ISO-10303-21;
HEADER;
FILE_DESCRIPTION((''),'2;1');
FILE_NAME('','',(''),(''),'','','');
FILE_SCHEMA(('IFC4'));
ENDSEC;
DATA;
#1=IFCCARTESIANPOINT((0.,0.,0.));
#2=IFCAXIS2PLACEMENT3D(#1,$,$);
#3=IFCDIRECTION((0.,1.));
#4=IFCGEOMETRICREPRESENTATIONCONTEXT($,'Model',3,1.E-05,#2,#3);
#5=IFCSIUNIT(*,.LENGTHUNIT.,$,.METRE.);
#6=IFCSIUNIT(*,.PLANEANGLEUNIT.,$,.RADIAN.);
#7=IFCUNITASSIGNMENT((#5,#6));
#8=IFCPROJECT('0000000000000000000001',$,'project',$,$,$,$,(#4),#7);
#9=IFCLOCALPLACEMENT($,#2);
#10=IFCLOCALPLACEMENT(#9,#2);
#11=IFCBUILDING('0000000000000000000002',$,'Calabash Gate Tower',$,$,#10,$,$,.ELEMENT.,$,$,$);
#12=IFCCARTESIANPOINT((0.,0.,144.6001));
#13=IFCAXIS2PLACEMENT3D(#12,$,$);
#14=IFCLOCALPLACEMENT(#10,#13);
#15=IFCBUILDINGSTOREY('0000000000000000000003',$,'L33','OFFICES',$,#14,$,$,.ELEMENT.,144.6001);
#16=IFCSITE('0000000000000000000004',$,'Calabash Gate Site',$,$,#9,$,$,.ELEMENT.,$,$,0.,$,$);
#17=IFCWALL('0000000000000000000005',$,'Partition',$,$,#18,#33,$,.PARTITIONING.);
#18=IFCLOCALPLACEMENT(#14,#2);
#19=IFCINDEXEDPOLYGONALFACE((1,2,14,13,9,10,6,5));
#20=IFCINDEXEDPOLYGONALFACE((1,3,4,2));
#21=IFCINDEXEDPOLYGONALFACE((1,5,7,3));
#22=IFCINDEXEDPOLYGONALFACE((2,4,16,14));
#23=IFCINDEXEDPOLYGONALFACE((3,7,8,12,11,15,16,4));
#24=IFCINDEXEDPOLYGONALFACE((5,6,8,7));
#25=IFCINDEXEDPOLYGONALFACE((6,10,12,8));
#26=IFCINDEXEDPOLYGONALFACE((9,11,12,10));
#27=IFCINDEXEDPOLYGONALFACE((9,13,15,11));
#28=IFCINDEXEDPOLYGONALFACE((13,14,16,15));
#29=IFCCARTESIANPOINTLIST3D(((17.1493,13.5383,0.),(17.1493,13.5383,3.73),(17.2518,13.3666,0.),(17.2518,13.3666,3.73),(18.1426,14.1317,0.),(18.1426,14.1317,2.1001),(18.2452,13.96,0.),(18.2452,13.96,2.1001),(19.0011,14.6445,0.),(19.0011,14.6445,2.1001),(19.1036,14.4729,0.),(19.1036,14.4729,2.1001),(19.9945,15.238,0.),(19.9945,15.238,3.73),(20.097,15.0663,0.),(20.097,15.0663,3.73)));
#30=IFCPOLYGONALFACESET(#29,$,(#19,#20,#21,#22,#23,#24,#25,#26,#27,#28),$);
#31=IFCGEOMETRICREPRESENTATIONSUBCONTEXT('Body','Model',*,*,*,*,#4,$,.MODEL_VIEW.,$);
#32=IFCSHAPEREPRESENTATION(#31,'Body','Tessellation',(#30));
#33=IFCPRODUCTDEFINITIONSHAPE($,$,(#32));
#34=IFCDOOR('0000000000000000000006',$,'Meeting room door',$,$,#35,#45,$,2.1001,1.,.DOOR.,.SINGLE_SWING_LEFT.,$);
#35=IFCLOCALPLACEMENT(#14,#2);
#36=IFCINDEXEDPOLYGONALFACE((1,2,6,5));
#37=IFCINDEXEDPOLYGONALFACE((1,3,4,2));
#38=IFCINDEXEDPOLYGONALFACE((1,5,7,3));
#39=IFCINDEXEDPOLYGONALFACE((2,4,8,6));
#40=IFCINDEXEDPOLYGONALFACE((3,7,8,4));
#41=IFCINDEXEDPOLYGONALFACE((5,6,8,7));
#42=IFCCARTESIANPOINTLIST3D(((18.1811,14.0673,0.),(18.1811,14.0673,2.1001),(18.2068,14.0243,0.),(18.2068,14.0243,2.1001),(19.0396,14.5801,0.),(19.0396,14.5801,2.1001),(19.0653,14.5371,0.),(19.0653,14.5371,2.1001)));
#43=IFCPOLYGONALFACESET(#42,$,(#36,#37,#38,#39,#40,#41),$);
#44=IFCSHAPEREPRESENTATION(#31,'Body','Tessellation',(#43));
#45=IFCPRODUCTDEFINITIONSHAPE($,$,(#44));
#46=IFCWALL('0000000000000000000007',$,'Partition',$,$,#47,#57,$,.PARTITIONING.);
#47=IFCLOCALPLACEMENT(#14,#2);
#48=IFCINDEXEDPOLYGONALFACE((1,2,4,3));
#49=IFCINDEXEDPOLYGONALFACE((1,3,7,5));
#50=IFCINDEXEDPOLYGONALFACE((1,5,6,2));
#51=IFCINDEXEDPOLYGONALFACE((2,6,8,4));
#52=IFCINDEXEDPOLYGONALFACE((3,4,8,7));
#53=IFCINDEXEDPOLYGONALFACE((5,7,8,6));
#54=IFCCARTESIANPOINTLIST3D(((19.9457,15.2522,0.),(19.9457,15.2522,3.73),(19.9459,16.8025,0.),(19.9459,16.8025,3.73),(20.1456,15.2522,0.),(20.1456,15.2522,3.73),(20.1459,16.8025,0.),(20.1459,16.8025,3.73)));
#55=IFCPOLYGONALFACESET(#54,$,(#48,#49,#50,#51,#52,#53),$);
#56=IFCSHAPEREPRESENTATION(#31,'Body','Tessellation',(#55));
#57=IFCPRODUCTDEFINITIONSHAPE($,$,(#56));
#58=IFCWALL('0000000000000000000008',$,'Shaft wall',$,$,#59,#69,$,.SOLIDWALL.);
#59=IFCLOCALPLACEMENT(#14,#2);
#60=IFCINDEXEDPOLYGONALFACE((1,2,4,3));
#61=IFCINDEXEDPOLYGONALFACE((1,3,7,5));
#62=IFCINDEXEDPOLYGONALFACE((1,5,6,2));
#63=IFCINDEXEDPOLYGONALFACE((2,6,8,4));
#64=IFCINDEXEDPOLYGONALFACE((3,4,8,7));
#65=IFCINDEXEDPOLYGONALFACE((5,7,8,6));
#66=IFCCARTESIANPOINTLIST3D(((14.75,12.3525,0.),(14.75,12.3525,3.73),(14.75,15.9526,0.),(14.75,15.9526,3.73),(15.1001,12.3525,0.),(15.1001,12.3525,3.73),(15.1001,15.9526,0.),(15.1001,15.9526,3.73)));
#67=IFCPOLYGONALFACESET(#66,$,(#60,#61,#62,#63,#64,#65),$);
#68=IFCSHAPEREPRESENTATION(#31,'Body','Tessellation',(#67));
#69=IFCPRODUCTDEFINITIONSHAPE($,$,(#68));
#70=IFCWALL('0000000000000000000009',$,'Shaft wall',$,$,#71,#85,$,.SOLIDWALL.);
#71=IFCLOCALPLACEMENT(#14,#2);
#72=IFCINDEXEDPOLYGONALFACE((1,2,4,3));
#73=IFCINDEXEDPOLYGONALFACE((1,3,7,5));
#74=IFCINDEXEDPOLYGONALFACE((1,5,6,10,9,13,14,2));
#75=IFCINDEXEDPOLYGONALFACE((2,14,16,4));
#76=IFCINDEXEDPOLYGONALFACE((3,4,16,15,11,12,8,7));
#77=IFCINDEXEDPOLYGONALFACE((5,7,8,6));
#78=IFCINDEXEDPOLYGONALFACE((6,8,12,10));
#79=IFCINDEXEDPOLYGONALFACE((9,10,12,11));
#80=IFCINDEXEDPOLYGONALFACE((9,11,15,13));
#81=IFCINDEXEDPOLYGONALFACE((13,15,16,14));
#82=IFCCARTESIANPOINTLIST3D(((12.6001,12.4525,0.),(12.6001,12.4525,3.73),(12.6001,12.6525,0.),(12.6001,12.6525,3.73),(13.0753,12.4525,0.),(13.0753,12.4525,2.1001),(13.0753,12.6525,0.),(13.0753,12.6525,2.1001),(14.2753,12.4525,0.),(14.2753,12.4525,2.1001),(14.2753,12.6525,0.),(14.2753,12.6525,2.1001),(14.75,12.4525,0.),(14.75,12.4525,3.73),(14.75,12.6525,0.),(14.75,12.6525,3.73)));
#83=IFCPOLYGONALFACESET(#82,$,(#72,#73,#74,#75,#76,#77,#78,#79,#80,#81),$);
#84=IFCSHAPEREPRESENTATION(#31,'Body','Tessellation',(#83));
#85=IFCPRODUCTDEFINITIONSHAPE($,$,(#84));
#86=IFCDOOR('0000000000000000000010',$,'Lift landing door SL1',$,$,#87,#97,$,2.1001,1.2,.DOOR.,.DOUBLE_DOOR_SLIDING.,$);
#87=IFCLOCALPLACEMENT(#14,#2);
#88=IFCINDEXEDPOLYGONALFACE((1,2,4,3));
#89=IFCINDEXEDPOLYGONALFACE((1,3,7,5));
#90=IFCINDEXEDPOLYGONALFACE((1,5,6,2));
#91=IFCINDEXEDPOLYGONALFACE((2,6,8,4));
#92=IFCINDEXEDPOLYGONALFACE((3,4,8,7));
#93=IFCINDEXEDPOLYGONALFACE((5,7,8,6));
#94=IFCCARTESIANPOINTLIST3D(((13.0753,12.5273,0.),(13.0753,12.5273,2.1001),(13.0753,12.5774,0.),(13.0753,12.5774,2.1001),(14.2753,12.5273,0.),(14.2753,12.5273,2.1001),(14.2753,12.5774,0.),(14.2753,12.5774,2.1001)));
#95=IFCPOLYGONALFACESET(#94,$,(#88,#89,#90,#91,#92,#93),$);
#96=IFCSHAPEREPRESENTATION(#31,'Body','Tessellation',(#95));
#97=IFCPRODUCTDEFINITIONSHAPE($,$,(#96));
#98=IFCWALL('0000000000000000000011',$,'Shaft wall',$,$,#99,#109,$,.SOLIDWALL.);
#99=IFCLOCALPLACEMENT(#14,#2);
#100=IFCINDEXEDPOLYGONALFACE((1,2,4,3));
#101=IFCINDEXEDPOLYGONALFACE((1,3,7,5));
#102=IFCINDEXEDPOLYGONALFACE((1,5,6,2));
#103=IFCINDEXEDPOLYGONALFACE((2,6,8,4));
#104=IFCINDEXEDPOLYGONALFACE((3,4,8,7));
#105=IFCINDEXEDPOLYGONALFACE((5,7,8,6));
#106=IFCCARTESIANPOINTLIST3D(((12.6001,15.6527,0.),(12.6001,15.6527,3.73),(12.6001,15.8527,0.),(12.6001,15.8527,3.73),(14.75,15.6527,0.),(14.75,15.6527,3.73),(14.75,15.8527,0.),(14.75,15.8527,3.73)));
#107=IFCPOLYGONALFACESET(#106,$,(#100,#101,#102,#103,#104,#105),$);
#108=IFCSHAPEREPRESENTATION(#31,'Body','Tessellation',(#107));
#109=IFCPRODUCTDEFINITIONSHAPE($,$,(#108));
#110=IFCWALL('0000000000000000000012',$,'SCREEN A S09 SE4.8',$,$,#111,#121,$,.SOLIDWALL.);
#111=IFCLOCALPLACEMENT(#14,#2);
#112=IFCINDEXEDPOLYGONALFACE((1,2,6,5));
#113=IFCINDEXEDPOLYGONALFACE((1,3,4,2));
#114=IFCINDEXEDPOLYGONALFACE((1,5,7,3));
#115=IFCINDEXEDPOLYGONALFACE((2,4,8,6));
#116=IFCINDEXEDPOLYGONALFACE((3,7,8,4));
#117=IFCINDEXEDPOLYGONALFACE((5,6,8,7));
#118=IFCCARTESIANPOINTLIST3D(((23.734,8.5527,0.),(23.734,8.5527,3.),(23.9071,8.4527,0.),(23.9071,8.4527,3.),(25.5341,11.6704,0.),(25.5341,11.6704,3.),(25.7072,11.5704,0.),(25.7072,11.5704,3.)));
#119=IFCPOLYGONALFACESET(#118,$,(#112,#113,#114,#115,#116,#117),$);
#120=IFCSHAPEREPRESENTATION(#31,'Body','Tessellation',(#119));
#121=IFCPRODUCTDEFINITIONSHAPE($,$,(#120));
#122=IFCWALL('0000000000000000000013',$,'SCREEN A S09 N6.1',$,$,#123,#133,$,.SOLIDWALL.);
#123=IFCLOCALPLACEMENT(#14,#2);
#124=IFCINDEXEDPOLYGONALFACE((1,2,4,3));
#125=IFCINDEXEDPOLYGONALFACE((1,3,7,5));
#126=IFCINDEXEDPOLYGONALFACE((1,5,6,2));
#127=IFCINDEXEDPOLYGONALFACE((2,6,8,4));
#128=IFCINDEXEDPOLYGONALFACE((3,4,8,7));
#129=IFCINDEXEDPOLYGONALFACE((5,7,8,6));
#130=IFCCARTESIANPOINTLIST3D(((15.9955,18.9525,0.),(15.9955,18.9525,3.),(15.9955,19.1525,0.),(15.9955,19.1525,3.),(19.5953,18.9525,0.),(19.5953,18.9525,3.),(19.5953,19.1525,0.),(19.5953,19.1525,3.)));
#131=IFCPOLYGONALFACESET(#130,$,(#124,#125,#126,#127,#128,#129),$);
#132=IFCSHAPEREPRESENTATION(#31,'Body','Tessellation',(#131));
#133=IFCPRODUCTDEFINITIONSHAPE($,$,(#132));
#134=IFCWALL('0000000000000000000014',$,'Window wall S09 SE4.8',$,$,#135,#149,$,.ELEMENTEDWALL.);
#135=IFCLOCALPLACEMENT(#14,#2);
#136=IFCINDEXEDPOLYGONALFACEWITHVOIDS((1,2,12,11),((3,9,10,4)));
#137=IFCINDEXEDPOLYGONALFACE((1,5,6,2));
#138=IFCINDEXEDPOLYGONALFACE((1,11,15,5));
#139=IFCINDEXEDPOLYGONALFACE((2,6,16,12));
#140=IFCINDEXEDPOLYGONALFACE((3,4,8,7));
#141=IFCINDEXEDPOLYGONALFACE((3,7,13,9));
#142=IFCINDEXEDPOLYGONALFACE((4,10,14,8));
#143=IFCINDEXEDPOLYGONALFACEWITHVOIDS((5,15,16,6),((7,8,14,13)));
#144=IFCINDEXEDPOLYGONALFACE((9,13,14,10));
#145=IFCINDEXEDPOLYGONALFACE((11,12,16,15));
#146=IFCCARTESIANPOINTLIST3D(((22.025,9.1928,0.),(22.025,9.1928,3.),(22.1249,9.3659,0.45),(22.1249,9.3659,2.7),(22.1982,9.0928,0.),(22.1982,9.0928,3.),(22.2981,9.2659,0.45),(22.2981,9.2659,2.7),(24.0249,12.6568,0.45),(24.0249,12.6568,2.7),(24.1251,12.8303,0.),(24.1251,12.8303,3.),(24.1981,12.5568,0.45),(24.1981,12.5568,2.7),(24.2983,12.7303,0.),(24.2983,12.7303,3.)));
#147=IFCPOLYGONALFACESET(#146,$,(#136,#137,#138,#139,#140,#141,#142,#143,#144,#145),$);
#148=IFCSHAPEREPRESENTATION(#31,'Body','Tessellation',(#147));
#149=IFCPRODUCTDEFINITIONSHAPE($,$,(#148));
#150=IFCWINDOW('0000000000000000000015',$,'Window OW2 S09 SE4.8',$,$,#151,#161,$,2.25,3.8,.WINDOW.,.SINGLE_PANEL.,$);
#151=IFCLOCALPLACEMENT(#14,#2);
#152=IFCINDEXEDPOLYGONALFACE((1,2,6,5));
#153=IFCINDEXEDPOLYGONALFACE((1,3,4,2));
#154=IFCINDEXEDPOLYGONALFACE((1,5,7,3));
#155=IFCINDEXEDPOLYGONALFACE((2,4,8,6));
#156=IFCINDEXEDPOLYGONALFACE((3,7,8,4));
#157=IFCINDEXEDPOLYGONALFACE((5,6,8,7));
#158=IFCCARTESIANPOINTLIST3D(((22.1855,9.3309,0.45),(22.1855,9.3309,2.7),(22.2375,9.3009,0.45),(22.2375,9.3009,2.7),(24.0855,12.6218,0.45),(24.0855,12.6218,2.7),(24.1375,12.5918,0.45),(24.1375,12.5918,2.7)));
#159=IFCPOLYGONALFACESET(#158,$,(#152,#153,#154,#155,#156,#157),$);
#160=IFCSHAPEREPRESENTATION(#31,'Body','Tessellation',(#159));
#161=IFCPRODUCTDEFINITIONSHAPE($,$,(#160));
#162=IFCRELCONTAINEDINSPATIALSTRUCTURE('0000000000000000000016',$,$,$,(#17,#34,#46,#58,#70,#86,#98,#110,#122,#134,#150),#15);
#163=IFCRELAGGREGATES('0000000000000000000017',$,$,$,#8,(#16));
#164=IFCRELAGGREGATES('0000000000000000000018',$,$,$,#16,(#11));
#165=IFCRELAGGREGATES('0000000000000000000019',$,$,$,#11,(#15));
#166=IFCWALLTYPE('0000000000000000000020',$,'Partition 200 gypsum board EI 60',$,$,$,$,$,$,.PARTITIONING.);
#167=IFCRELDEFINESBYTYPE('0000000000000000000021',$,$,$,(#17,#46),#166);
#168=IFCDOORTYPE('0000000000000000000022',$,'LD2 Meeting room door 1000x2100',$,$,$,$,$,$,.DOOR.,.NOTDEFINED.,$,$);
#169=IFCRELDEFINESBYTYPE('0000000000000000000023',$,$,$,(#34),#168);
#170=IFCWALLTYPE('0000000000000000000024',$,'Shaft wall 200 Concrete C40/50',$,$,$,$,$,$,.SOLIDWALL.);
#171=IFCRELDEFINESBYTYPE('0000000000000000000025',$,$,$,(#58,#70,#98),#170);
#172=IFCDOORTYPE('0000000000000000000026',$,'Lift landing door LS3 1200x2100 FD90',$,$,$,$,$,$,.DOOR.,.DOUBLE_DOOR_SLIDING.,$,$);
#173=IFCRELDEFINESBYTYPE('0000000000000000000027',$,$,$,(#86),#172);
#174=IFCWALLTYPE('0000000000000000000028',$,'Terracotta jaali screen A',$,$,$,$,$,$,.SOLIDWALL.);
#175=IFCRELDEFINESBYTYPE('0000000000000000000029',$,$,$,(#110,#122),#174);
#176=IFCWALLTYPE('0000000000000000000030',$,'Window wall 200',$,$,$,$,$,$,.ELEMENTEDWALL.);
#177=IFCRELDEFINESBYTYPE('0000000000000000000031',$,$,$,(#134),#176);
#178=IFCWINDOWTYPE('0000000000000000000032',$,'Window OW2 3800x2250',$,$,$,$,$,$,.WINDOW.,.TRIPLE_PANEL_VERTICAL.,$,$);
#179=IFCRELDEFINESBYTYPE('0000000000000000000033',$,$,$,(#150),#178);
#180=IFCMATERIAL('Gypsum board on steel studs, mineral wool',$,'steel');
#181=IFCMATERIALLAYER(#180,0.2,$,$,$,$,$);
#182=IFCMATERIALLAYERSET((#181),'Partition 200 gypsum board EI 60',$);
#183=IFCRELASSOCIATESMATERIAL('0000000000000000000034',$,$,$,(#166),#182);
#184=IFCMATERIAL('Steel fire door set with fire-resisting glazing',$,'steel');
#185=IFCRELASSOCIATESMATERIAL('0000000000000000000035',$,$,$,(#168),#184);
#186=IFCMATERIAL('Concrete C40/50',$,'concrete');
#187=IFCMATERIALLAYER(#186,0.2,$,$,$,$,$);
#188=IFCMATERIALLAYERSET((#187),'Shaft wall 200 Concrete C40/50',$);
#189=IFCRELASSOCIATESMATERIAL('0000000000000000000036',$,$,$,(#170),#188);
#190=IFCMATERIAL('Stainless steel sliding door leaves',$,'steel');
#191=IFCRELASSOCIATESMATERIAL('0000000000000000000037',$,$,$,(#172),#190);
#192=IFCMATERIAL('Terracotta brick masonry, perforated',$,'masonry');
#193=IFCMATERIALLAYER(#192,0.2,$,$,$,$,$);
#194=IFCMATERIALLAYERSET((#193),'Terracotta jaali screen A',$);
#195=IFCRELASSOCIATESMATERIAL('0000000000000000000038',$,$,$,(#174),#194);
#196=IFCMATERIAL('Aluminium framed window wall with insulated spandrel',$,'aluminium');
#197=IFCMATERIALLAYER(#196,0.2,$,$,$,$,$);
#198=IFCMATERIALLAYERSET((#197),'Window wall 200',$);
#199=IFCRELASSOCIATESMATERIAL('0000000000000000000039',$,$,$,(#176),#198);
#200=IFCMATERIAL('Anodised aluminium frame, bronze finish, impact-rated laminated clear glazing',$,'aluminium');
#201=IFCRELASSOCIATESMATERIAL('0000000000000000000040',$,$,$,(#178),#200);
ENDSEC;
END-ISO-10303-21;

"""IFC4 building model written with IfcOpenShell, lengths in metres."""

from ifc_helpers import new_model, si_unit, direction, frame, frame_2d, origin, place, context, subcontext, project, spatial, rectangle, extrude, material, layer, layer_set, type_object, element, fill, save


model = new_model("IFC4")

# Units and contexts
model_context = context("Model", 3, precision=1e-05, world=origin(), true_north=direction((0.0, 1.0)))
body_context = subcontext(model_context, "Body", "Model", "MODEL_VIEW")
ifc_project = project(units=[si_unit("LENGTHUNIT", "METRE"), si_unit("PLANEANGLEUNIT", "RADIAN")], contexts=[model_context])

# Site, building, storey
site_placement = place(None, origin())
site = spatial("IfcSite", under=ifc_project, at=site_placement, Name="Calabash Gate Site", CompositionType="ELEMENT", RefElevation=0.0)
building_placement = place(site_placement, origin())
building = spatial("IfcBuilding", under=site, at=building_placement, Name="Calabash Gate Tower", CompositionType="ELEMENT")
storey_placement = place(building_placement, frame((0.0, 0.0, 144.6001)))
storey = spatial("IfcBuildingStorey", under=building, at=storey_placement, Name="L33", Description="OFFICES", CompositionType="ELEMENT", Elevation=144.6001)

# Shared definitions
ifc_material_1 = material(Name="Gypsum board on steel studs, mineral wool", Category="steel")
ifc_layer_1 = layer(ifc_material_1, 0.2)
ifc_layer_set_1 = layer_set([ifc_layer_1], Name="Partition 200 gypsum board EI 60")
wall_type_1 = type_object("IfcWallType", Name="Partition 200 gypsum board EI 60", PredefinedType="PARTITIONING", material=ifc_layer_set_1)

# Wall, opening, door
wall_1_placement = place(storey_placement, frame((17.2004, 13.4524, 0.0), z_axis=(0.0, 0.0, 1.0), x_axis=(0.858479, 0.512848, 0.0)))
wall_1 = element("IfcWall", 1, at=wall_1_placement, inside=storey, type_object=wall_type_1, Name="Partition", PredefinedType="PARTITIONING", context=body_context, shape_type="SweptSolid", body=[
    extrude(rectangle(XDim=3.3142, YDim=0.2, at=frame_2d((1.6572, 0.0))), origin(), (0.0, 0.0, 1.0), 3.73),
])
opening_1_placement = place(wall_1_placement, frame((1.1572, 0.0, 0.0)))
opening_1 = element("IfcOpeningElement", 2, at=opening_1_placement, cuts=wall_1, PredefinedType="OPENING", context=body_context, shape_type="SweptSolid", body=[
    extrude(rectangle(XDim=1.0, YDim=2.1001, at=frame_2d((0.5, 1.05))), frame((0.0, 0.1099, 0.0), z_axis=(0.0, -1.0, 0.0), x_axis=(1.0, 0.0, 0.0)), (0.0, 0.0, 1.0), 0.22),
])
ifc_material_2 = material(Name="Steel fire door set with fire-resisting glazing", Category="steel")
door_type_1 = type_object("IfcDoorType", Name="LD2 Meeting room door 1000x2100", OperationType="NOTDEFINED", PredefinedType="DOOR", material=ifc_material_2)
door_1_placement = place(opening_1_placement, origin())
door_1 = element("IfcDoor", 3, at=door_1_placement, inside=storey, type_object=door_type_1, Name="Meeting room door", OperationType="SINGLE_SWING_LEFT", OverallHeight=2.1001, OverallWidth=1.0, PredefinedType="DOOR", context=body_context, shape_type="SweptSolid", body=[
    extrude(rectangle(XDim=1.0, YDim=2.1001, at=frame_2d((0.5, 1.05))), frame((0.0, 0.0249, 0.0), z_axis=(0.0, -1.0, 0.0), x_axis=(1.0, 0.0, 0.0)), (0.0, 0.0, 1.0), 0.05),
])
fill(opening_1, door_1)

# Walls
wall_2_placement = place(storey_placement, frame((20.0457, 15.2522, 0.0), z_axis=(0.0, 0.0, 1.0), x_axis=(0.000157, 1.0, 0.0)))
element("IfcWall", 4, at=wall_2_placement, inside=storey, type_object=wall_type_1, Name="Partition", PredefinedType="PARTITIONING", context=body_context, shape_type="SweptSolid", body=[
    extrude(rectangle(XDim=1.5503, YDim=0.2, at=frame_2d((0.7751, 0.0))), origin(), (0.0, 0.0, 1.0), 3.73),
])
ifc_material_3 = material(Name="Concrete C40/50", Category="concrete")
ifc_layer_2 = layer(ifc_material_3, 0.2)
ifc_layer_set_2 = layer_set([ifc_layer_2], Name="Shaft wall 200 Concrete C40/50")
wall_type_2 = type_object("IfcWallType", Name="Shaft wall 200 Concrete C40/50", PredefinedType="SOLIDWALL", material=ifc_layer_set_2)
wall_3_placement = place(storey_placement, frame((14.925, 12.3525, 0.0), z_axis=(0.0, 0.0, 1.0), x_axis=(0.0, 1.0, 0.0)))
element("IfcWall", 5, at=wall_3_placement, inside=storey, type_object=wall_type_2, Name="Shaft wall", PredefinedType="SOLIDWALL", context=body_context, shape_type="SweptSolid", body=[
    extrude(rectangle(XDim=3.6001, YDim=0.3501, at=frame_2d((1.8, 0.0))), origin(), (0.0, 0.0, 1.0), 3.73),
])

# Wall, opening, door
wall_4_placement = place(storey_placement, frame((12.6001, 12.5525, 0.0), z_axis=(0.0, 0.0, 1.0), x_axis=(1.0, 0.0, 0.0)))
wall_4 = element("IfcWall", 6, at=wall_4_placement, inside=storey, type_object=wall_type_2, Name="Shaft wall", PredefinedType="SOLIDWALL", context=body_context, shape_type="SweptSolid", body=[
    extrude(rectangle(XDim=2.1499, YDim=0.2, at=frame_2d((1.075, 0.0))), origin(), (0.0, 0.0, 1.0), 3.73),
])
opening_2_placement = place(wall_4_placement, frame((0.4751, 0.0, 0.0)))
opening_2 = element("IfcOpeningElement", 7, at=opening_2_placement, cuts=wall_4, PredefinedType="OPENING", context=body_context, shape_type="SweptSolid", body=[
    extrude(rectangle(XDim=1.2, YDim=2.1001, at=frame_2d((0.6001, 1.05))), frame((0.0, 0.1099, 0.0), z_axis=(0.0, -1.0, 0.0), x_axis=(1.0, 0.0, 0.0)), (0.0, 0.0, 1.0), 0.22),
])
ifc_material_4 = material(Name="Stainless steel sliding door leaves", Category="steel")
door_type_2 = type_object("IfcDoorType", Name="Lift landing door LS3 1200x2100 FD90", OperationType="DOUBLE_DOOR_SLIDING", PredefinedType="DOOR", material=ifc_material_4)
door_2_placement = place(opening_2_placement, origin())
door_2 = element("IfcDoor", 8, at=door_2_placement, inside=storey, type_object=door_type_2, Name="Lift landing door SL1", OperationType="DOUBLE_DOOR_SLIDING", OverallHeight=2.1001, OverallWidth=1.2, PredefinedType="DOOR", context=body_context, shape_type="SweptSolid", body=[
    extrude(rectangle(XDim=1.2, YDim=2.1001, at=frame_2d((0.6001, 1.05))), frame((0.0, 0.0249, 0.0), z_axis=(0.0, -1.0, 0.0), x_axis=(1.0, 0.0, 0.0)), (0.0, 0.0, 1.0), 0.05),
])
fill(opening_2, door_2)

# Walls
wall_5_placement = place(storey_placement, frame((12.6001, 15.7527, 0.0), z_axis=(0.0, 0.0, 1.0), x_axis=(1.0, 0.0, 0.0)))
element("IfcWall", 9, at=wall_5_placement, inside=storey, type_object=wall_type_2, Name="Shaft wall", PredefinedType="SOLIDWALL", context=body_context, shape_type="SweptSolid", body=[
    extrude(rectangle(XDim=2.1499, YDim=0.2, at=frame_2d((1.075, 0.0))), origin(), (0.0, 0.0, 1.0), 3.73),
])
ifc_material_5 = material(Name="Terracotta brick masonry, perforated", Category="masonry")
ifc_layer_3 = layer(ifc_material_5, 0.2)
ifc_layer_set_3 = layer_set([ifc_layer_3], Name="Terracotta jaali screen A")
wall_type_3 = type_object("IfcWallType", Name="Terracotta jaali screen A", PredefinedType="SOLIDWALL", material=ifc_layer_set_3)
wall_6_placement = place(storey_placement, frame((23.8206, 8.5027, 0.0), z_axis=(0.0, 0.0, 1.0), x_axis=(0.500012, 0.866018, 0.0)))
element("IfcWall", 10, at=wall_6_placement, inside=storey, type_object=wall_type_3, Name="SCREEN A S09 SE4.8", PredefinedType="SOLIDWALL", context=body_context, shape_type="SweptSolid", body=[
    extrude(rectangle(XDim=3.6001, YDim=0.2, at=frame_2d((1.8, 0.0))), origin(), (0.0, 0.0, 1.0), 3.0),
])
wall_7_placement = place(storey_placement, frame((19.5952, 19.0525, 0.0), z_axis=(0.0, 0.0, 1.0), x_axis=(-1.0, 0.0, 0.0)))
element("IfcWall", 11, at=wall_7_placement, inside=storey, type_object=wall_type_3, Name="SCREEN A S09 N6.1", PredefinedType="SOLIDWALL", context=body_context, shape_type="SweptSolid", body=[
    extrude(rectangle(XDim=3.5999, YDim=0.2, at=frame_2d((1.7998, 0.0))), origin(), (0.0, 0.0, 1.0), 3.0),
])

# Wall, opening, window
ifc_material_6 = material(Name="Aluminium framed window wall with insulated spandrel", Category="aluminium")
ifc_layer_4 = layer(ifc_material_6, 0.2)
ifc_layer_set_4 = layer_set([ifc_layer_4], Name="Window wall 200")
wall_type_4 = type_object("IfcWallType", Name="Window wall 200", PredefinedType="ELEMENTEDWALL", material=ifc_layer_set_4)
wall_8_placement = place(storey_placement, frame((22.1116, 9.1428, 0.0), z_axis=(0.0, 0.0, 1.0), x_axis=(0.500003, 0.866024, 0.0)))
wall_8 = element("IfcWall", 12, at=wall_8_placement, inside=storey, type_object=wall_type_4, Name="Window wall S09 SE4.8", PredefinedType="ELEMENTEDWALL", context=body_context, shape_type="SweptSolid", body=[
    extrude(rectangle(XDim=4.2002, YDim=0.2, at=frame_2d((2.1001, 0.0))), origin(), (0.0, 0.0, 1.0), 3.0),
])
opening_3_placement = place(wall_8_placement, frame((0.2, 0.0, 0.45)))
opening_3 = element("IfcOpeningElement", 13, at=opening_3_placement, cuts=wall_8, PredefinedType="OPENING", context=body_context, shape_type="SweptSolid", body=[
    extrude(rectangle(XDim=3.8, YDim=2.25, at=frame_2d((1.8999, 1.125))), frame((0.0, 0.1099, 0.0), z_axis=(0.0, -1.0, 0.0), x_axis=(1.0, 0.0, 0.0)), (0.0, 0.0, 1.0), 0.22),
])
ifc_material_7 = material(Name="Anodised aluminium frame, bronze finish, impact-rated laminated clear glazing", Category="aluminium")
window_type_1 = type_object("IfcWindowType", Name="Window OW2 3800x2250", PartitioningType="TRIPLE_PANEL_VERTICAL", PredefinedType="WINDOW", material=ifc_material_7)
window_1_placement = place(opening_3_placement, origin())
window_1 = element("IfcWindow", 14, at=window_1_placement, inside=storey, type_object=window_type_1, Name="Window OW2 S09 SE4.8", OverallHeight=2.25, OverallWidth=3.8, PartitioningType="SINGLE_PANEL", PredefinedType="WINDOW", context=body_context, shape_type="SweptSolid", body=[
    extrude(rectangle(XDim=3.8, YDim=2.25, at=frame_2d((1.8999, 1.125))), frame((0.0, 0.03, 0.0), z_axis=(0.0, -1.0, 0.0), x_axis=(1.0, 0.0, 0.0)), (0.0, 0.0, 1.0), 0.0601),
])
fill(opening_3, window_1)

save(model, "model.ifc")
